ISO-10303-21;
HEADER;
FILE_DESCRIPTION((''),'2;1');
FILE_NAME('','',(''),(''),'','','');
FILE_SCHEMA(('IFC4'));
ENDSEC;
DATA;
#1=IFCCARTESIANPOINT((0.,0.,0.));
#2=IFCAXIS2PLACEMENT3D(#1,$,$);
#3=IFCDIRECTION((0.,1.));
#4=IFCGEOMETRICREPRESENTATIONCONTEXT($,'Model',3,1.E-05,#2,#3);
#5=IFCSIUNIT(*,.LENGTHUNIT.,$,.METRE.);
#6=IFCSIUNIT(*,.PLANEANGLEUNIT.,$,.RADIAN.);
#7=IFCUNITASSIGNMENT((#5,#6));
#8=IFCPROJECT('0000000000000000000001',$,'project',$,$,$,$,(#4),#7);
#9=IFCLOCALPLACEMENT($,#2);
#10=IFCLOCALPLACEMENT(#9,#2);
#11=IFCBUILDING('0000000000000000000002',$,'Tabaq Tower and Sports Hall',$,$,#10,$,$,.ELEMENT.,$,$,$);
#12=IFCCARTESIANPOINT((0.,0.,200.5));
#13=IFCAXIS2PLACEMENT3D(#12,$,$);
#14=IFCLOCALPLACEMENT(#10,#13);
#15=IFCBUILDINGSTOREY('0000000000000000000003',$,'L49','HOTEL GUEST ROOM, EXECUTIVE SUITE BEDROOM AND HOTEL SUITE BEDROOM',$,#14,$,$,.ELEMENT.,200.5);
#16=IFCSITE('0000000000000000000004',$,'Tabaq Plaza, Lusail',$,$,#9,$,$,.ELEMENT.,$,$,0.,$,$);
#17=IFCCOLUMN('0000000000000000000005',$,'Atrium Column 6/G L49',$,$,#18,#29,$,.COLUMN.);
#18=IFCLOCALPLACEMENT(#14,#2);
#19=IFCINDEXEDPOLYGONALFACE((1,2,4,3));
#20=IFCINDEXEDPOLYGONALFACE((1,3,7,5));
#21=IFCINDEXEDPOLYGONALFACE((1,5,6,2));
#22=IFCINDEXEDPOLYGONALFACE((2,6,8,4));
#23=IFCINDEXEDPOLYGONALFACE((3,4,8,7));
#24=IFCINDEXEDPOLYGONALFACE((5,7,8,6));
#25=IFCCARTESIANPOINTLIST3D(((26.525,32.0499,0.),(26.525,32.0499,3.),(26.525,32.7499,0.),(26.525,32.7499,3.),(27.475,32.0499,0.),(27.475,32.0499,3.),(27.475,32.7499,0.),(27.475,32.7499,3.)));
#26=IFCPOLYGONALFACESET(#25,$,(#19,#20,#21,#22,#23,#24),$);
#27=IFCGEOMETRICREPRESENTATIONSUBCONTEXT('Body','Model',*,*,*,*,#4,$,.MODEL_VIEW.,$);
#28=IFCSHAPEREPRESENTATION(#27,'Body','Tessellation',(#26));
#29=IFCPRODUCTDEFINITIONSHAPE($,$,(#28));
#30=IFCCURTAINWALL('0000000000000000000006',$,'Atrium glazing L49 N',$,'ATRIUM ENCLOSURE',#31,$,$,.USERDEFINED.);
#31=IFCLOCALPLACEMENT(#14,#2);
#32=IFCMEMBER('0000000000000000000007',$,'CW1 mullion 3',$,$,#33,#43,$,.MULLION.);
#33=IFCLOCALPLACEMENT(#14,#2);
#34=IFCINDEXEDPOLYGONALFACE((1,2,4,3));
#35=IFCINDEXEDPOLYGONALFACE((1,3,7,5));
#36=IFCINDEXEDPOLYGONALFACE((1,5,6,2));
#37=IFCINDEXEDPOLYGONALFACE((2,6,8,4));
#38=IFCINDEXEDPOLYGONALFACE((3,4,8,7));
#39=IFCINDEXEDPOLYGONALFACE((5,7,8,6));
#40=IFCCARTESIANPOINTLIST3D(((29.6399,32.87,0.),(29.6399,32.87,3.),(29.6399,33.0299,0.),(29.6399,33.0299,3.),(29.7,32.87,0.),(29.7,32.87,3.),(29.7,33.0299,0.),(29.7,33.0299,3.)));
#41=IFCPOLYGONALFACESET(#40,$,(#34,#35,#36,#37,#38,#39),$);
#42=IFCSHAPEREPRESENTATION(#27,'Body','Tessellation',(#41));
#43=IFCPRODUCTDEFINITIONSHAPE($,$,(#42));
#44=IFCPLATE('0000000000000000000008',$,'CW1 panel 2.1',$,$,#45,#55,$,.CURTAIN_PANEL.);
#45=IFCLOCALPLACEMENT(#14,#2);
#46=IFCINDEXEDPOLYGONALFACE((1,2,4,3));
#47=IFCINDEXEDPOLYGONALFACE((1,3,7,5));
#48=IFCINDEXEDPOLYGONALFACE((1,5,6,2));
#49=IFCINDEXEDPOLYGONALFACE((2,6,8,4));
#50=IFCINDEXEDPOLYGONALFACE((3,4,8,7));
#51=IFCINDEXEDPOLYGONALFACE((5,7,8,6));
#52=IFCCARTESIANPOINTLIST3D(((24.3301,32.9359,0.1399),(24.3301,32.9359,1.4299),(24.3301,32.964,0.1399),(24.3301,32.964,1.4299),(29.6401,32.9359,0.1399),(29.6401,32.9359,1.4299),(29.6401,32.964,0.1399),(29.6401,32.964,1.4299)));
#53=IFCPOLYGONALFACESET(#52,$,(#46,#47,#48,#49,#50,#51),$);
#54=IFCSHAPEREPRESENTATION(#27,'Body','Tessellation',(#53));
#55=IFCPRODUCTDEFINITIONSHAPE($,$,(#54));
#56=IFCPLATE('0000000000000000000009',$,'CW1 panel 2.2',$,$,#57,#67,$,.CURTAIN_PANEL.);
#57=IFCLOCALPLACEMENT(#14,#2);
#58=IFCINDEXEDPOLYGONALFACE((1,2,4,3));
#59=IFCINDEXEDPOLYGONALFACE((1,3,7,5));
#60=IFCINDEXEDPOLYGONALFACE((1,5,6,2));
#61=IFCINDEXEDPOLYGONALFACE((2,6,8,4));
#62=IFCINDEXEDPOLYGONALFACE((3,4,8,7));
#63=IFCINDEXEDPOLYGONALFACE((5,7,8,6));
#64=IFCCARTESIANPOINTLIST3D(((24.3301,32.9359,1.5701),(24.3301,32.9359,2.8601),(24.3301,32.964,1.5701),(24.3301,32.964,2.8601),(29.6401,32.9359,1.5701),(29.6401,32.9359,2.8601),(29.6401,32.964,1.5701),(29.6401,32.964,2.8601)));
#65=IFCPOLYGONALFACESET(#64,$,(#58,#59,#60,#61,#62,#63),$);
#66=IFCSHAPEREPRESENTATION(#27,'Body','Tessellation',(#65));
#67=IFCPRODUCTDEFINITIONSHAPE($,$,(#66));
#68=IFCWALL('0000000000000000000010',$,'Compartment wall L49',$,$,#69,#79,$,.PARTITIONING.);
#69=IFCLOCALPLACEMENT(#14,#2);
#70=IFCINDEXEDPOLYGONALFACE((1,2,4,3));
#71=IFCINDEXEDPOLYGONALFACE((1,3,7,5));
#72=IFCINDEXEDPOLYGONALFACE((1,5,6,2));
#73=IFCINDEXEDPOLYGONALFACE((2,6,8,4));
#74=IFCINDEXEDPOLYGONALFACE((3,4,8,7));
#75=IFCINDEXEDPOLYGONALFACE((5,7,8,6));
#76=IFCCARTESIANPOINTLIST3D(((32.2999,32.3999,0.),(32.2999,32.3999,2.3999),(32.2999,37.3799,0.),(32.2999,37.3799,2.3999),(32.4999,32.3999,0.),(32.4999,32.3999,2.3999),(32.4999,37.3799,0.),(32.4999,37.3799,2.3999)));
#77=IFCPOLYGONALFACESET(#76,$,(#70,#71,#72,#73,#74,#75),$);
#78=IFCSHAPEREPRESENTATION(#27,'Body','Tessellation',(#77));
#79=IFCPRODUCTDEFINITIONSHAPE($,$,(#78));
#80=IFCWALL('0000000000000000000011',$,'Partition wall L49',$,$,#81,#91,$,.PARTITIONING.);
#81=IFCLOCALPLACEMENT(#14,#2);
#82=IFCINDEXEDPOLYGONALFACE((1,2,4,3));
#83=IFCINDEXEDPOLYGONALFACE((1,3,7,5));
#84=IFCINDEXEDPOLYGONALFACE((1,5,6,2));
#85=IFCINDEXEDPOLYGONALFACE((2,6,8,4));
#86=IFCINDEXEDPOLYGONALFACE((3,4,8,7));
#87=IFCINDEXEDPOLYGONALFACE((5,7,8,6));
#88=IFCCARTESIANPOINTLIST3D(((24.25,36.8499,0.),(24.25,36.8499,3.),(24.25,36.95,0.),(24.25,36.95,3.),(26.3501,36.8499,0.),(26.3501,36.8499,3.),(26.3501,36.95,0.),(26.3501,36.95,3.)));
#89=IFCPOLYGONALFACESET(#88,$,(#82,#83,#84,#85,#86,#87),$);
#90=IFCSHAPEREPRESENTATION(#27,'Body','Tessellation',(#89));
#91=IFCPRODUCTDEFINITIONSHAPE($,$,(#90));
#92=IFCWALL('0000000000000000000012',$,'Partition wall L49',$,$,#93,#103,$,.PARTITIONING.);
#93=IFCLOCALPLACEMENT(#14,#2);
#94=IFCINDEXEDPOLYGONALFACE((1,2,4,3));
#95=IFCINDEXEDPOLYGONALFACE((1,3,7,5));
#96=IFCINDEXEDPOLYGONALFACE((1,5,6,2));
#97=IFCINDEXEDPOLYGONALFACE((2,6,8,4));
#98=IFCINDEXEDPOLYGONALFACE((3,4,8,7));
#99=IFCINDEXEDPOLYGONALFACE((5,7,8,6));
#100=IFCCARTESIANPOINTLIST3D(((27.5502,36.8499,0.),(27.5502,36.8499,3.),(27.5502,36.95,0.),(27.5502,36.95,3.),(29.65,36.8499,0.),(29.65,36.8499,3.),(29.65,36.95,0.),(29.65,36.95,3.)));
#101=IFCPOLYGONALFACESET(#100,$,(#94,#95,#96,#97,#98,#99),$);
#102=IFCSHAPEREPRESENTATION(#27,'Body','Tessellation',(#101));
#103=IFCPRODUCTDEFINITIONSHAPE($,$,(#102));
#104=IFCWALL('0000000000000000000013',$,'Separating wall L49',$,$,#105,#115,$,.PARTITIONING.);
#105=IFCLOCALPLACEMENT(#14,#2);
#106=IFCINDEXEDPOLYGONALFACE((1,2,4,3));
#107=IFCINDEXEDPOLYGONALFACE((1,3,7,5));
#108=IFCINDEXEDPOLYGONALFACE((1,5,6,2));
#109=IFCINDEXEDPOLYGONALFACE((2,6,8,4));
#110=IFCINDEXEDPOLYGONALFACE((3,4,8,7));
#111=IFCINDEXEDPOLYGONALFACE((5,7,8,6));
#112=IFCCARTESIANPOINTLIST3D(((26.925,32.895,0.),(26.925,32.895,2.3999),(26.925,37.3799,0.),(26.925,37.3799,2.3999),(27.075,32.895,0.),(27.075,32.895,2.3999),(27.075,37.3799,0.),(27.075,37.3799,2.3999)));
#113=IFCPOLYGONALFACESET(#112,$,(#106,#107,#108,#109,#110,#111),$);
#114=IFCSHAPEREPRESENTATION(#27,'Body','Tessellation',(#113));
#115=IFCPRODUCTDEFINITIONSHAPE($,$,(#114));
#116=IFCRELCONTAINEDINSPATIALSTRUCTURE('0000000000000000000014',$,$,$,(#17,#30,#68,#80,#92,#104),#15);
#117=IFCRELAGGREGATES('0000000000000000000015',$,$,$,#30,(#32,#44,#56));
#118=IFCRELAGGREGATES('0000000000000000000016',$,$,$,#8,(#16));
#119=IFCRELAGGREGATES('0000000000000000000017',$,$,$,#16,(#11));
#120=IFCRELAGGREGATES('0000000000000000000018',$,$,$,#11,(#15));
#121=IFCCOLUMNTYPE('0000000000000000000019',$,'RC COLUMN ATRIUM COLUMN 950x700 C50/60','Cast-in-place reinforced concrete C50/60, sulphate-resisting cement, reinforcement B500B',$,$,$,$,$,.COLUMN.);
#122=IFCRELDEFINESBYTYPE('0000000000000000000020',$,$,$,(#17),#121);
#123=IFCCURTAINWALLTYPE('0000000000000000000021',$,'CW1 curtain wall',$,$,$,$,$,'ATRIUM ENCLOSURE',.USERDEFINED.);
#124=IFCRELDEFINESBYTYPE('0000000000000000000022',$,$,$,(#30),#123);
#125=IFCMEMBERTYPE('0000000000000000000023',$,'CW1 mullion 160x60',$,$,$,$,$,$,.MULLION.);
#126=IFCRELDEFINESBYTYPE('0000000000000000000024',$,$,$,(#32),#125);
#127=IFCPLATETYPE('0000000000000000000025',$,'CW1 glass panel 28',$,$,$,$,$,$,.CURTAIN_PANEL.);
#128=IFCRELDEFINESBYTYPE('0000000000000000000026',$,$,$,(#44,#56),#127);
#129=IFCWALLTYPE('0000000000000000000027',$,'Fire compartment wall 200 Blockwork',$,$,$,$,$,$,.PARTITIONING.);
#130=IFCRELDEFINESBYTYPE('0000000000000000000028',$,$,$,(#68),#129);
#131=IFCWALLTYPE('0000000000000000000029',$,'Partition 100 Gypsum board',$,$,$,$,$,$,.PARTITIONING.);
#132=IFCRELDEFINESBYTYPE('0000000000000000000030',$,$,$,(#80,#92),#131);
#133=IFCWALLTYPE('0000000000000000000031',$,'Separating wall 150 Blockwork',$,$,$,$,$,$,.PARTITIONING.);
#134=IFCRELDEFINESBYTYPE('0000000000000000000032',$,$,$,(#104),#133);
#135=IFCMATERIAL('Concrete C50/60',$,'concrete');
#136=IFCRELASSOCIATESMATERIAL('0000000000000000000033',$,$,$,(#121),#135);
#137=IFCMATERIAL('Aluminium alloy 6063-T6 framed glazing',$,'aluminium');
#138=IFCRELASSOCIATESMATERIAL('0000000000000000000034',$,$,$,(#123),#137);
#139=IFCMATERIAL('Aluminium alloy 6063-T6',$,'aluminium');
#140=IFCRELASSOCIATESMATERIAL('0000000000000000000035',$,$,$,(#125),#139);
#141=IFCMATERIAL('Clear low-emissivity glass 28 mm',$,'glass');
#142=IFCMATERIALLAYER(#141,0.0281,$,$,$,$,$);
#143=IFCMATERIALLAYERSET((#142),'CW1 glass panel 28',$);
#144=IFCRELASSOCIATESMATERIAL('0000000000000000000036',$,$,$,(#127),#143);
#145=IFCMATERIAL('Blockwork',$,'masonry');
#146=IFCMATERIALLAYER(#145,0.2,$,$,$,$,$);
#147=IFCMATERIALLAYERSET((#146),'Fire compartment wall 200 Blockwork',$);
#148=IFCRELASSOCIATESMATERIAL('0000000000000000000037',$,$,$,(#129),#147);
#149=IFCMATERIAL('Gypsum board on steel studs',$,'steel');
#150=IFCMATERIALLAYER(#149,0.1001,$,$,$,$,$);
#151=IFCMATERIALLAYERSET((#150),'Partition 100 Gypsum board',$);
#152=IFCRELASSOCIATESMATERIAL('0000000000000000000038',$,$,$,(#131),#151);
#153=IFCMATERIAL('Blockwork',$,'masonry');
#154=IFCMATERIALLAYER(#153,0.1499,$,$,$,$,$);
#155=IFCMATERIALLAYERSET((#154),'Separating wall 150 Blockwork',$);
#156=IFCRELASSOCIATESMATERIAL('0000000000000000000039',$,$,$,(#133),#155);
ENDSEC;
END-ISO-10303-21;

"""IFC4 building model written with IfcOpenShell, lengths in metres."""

from ifc_helpers import new_model, si_unit, direction, frame, frame_2d, origin, origin_2d, place, context, subcontext, project, spatial, rectangle, extrude, material, layer, layer_set, material_profile, profile_set, type_object, element, aggregate, save


model = new_model("IFC4")

# Units and contexts
model_context = context("Model", 3, precision=1e-05, world=origin(), true_north=direction((0.0, 1.0)))
body_context = subcontext(model_context, "Body", "Model", "MODEL_VIEW")
ifc_project = project(units=[si_unit("LENGTHUNIT", "METRE"), si_unit("PLANEANGLEUNIT", "RADIAN")], contexts=[model_context])

# Site, building, storey
site_placement = place(None, origin())
site = spatial("IfcSite", under=ifc_project, at=site_placement, Name="Tabaq Plaza, Lusail", CompositionType="ELEMENT", RefElevation=0.0)
building_placement = place(site_placement, origin())
building = spatial("IfcBuilding", under=site, at=building_placement, Name="Tabaq Tower and Sports Hall", CompositionType="ELEMENT")
storey_placement = place(building_placement, frame((0.0, 0.0, 200.5)))
storey = spatial("IfcBuildingStorey", under=building, at=storey_placement, Name="L49", Description="HOTEL GUEST ROOM, EXECUTIVE SUITE BEDROOM AND HOTEL SUITE BEDROOM", CompositionType="ELEMENT", Elevation=200.5)

# Column
ifc_material_1 = material(Name="Concrete C50/60", Category="concrete")
ifc_material_profile_1 = material_profile(ifc_material_1, rectangle(XDim=0.95, YDim=0.7, at=origin_2d()), Name="ATRIUM COLUMN 950x700")
ifc_profile_set_1 = profile_set([ifc_material_profile_1], Name="Concrete C50/60")
column_type = type_object("IfcColumnType", Name="RC COLUMN ATRIUM COLUMN 950x700 C50/60", Description="Cast-in-place reinforced concrete C50/60, sulphate-resisting cement, reinforcement B500B", PredefinedType="COLUMN", material=ifc_profile_set_1)
column_placement = place(storey_placement, frame((27.0, 32.3999, 0.0), z_axis=(0.0, 0.0, 1.0), x_axis=(1.0, 0.0, 0.0)))
element("IfcColumn", 1, at=column_placement, inside=storey, type_object=column_type, Name="Atrium Column 6/G L49", PredefinedType="COLUMN", context=body_context, shape_type="SweptSolid", body=[
    extrude(rectangle(XDim=0.95, YDim=0.7, at=origin_2d()), origin(), (0.0, 0.0, 1.0), 3.0),
])

# Curtain wall, member, plates
ifc_material_2 = material(Name="Aluminium alloy 6063-T6 framed glazing", Category="aluminium")
curtain_wall_type = type_object("IfcCurtainWallType", Name="CW1 curtain wall", ElementType="ATRIUM ENCLOSURE", PredefinedType="USERDEFINED", material=ifc_material_2)
curtain_wall_placement = place(storey_placement, origin())
curtain_wall = element("IfcCurtainWall", 2, at=curtain_wall_placement, inside=storey, type_object=curtain_wall_type, Name="Atrium glazing L49 N", ObjectType="ATRIUM ENCLOSURE", PredefinedType="USERDEFINED")
ifc_material_3 = material(Name="Aluminium alloy 6063-T6", Category="aluminium")
ifc_material_profile_2 = material_profile(ifc_material_3, rectangle(XDim=0.1599, YDim=0.0601, at=origin_2d()), Name="MULLION 160x60")
ifc_profile_set_2 = profile_set([ifc_material_profile_2], Name="Aluminium alloy 6063-T6")
member_type = type_object("IfcMemberType", Name="CW1 mullion 160x60", PredefinedType="MULLION", material=ifc_profile_set_2)
member_placement = place(storey_placement, frame((29.6699, 32.95, 0.0), z_axis=(0.0, 0.0, 1.0), x_axis=(0.0, 1.0, 0.0)))
member = element("IfcMember", 3, at=member_placement, type_object=member_type, Name="CW1 mullion 3", PredefinedType="MULLION", context=body_context, shape_type="SweptSolid", body=[
    extrude(rectangle(XDim=0.1599, YDim=0.0601, at=origin_2d()), origin(), (0.0, 0.0, 1.0), 3.0),
])
ifc_material_4 = material(Name="Clear low-emissivity glass 28 mm", Category="glass")
ifc_layer_1 = layer(ifc_material_4, 0.0281)
ifc_layer_set_1 = layer_set([ifc_layer_1], Name="CW1 glass panel 28")
plate_type = type_object("IfcPlateType", Name="CW1 glass panel 28", PredefinedType="CURTAIN_PANEL", material=ifc_layer_set_1)
plate_1_placement = place(storey_placement, frame((26.9851, 32.95, 0.1399), z_axis=(0.0, 0.0, 1.0), x_axis=(1.0, 0.0, 0.0)))
plate_1 = element("IfcPlate", 4, at=plate_1_placement, type_object=plate_type, Name="CW1 panel 2.1", PredefinedType="CURTAIN_PANEL", context=body_context, shape_type="SweptSolid", body=[
    extrude(rectangle(XDim=5.3101, YDim=0.0281, at=origin_2d()), origin(), (0.0, 0.0, 1.0), 1.29),
])
plate_2_placement = place(storey_placement, frame((26.9851, 32.95, 1.5701), z_axis=(0.0, 0.0, 1.0), x_axis=(1.0, 0.0, 0.0)))
plate_2 = element("IfcPlate", 5, at=plate_2_placement, type_object=plate_type, Name="CW1 panel 2.2", PredefinedType="CURTAIN_PANEL", context=body_context, shape_type="SweptSolid", body=[
    extrude(rectangle(XDim=5.3101, YDim=0.0281, at=origin_2d()), origin(), (0.0, 0.0, 1.0), 1.29),
])
aggregate(curtain_wall, [member, plate_1, plate_2])

# Walls
ifc_material_5 = material(Name="Blockwork", Category="masonry")
ifc_layer_2 = layer(ifc_material_5, 0.2)
ifc_layer_set_2 = layer_set([ifc_layer_2], Name="Fire compartment wall 200 Blockwork")
wall_type_1 = type_object("IfcWallType", Name="Fire compartment wall 200 Blockwork", PredefinedType="PARTITIONING", material=ifc_layer_set_2)
wall_1_placement = place(storey_placement, frame((32.3999, 32.3999, 0.0), z_axis=(0.0, 0.0, 1.0), x_axis=(0.0, 1.0, 0.0)))
element("IfcWall", 6, at=wall_1_placement, inside=storey, type_object=wall_type_1, Name="Compartment wall L49", PredefinedType="PARTITIONING", context=body_context, shape_type="SweptSolid", body=[
    extrude(rectangle(XDim=4.98, YDim=0.2, at=frame_2d((2.49, 0.0))), origin(), (0.0, 0.0, 1.0), 2.3999),
])
ifc_material_6 = material(Name="Gypsum board on steel studs", Category="steel")
ifc_layer_3 = layer(ifc_material_6, 0.1001)
ifc_layer_set_3 = layer_set([ifc_layer_3], Name="Partition 100 Gypsum board")
wall_type_2 = type_object("IfcWallType", Name="Partition 100 Gypsum board", PredefinedType="PARTITIONING", material=ifc_layer_set_3)
wall_2_placement = place(storey_placement, frame((26.3501, 36.8999, 0.0), z_axis=(0.0, 0.0, 1.0), x_axis=(-1.0, 0.0, 0.0)))
element("IfcWall", 7, at=wall_2_placement, inside=storey, type_object=wall_type_2, Name="Partition wall L49", PredefinedType="PARTITIONING", context=body_context, shape_type="SweptSolid", body=[
    extrude(rectangle(XDim=2.1001, YDim=0.1001, at=frame_2d((1.05, 0.0))), origin(), (0.0, 0.0, 1.0), 3.0),
])
wall_3_placement = place(storey_placement, frame((29.6499, 36.8999, 0.0), z_axis=(0.0, 0.0, 1.0), x_axis=(-1.0, 0.0, 0.0)))
element("IfcWall", 8, at=wall_3_placement, inside=storey, type_object=wall_type_2, Name="Partition wall L49", PredefinedType="PARTITIONING", context=body_context, shape_type="SweptSolid", body=[
    extrude(rectangle(XDim=2.0999, YDim=0.1001, at=frame_2d((1.0498, 0.0))), origin(), (0.0, 0.0, 1.0), 3.0),
])
ifc_material_7 = material(Name="Blockwork", Category="masonry")
ifc_layer_4 = layer(ifc_material_7, 0.1499)
ifc_layer_set_4 = layer_set([ifc_layer_4], Name="Separating wall 150 Blockwork")
wall_type_3 = type_object("IfcWallType", Name="Separating wall 150 Blockwork", PredefinedType="PARTITIONING", material=ifc_layer_set_4)
wall_4_placement = place(storey_placement, frame((27.0, 32.895, 0.0), z_axis=(0.0, 0.0, 1.0), x_axis=(0.0, 1.0, 0.0)))
element("IfcWall", 9, at=wall_4_placement, inside=storey, type_object=wall_type_3, Name="Separating wall L49", PredefinedType="PARTITIONING", context=body_context, shape_type="SweptSolid", body=[
    extrude(rectangle(XDim=4.4849, YDim=0.1499, at=frame_2d((2.2424, 0.0))), origin(), (0.0, 0.0, 1.0), 2.3999),
])

save(model, "model.ifc")
